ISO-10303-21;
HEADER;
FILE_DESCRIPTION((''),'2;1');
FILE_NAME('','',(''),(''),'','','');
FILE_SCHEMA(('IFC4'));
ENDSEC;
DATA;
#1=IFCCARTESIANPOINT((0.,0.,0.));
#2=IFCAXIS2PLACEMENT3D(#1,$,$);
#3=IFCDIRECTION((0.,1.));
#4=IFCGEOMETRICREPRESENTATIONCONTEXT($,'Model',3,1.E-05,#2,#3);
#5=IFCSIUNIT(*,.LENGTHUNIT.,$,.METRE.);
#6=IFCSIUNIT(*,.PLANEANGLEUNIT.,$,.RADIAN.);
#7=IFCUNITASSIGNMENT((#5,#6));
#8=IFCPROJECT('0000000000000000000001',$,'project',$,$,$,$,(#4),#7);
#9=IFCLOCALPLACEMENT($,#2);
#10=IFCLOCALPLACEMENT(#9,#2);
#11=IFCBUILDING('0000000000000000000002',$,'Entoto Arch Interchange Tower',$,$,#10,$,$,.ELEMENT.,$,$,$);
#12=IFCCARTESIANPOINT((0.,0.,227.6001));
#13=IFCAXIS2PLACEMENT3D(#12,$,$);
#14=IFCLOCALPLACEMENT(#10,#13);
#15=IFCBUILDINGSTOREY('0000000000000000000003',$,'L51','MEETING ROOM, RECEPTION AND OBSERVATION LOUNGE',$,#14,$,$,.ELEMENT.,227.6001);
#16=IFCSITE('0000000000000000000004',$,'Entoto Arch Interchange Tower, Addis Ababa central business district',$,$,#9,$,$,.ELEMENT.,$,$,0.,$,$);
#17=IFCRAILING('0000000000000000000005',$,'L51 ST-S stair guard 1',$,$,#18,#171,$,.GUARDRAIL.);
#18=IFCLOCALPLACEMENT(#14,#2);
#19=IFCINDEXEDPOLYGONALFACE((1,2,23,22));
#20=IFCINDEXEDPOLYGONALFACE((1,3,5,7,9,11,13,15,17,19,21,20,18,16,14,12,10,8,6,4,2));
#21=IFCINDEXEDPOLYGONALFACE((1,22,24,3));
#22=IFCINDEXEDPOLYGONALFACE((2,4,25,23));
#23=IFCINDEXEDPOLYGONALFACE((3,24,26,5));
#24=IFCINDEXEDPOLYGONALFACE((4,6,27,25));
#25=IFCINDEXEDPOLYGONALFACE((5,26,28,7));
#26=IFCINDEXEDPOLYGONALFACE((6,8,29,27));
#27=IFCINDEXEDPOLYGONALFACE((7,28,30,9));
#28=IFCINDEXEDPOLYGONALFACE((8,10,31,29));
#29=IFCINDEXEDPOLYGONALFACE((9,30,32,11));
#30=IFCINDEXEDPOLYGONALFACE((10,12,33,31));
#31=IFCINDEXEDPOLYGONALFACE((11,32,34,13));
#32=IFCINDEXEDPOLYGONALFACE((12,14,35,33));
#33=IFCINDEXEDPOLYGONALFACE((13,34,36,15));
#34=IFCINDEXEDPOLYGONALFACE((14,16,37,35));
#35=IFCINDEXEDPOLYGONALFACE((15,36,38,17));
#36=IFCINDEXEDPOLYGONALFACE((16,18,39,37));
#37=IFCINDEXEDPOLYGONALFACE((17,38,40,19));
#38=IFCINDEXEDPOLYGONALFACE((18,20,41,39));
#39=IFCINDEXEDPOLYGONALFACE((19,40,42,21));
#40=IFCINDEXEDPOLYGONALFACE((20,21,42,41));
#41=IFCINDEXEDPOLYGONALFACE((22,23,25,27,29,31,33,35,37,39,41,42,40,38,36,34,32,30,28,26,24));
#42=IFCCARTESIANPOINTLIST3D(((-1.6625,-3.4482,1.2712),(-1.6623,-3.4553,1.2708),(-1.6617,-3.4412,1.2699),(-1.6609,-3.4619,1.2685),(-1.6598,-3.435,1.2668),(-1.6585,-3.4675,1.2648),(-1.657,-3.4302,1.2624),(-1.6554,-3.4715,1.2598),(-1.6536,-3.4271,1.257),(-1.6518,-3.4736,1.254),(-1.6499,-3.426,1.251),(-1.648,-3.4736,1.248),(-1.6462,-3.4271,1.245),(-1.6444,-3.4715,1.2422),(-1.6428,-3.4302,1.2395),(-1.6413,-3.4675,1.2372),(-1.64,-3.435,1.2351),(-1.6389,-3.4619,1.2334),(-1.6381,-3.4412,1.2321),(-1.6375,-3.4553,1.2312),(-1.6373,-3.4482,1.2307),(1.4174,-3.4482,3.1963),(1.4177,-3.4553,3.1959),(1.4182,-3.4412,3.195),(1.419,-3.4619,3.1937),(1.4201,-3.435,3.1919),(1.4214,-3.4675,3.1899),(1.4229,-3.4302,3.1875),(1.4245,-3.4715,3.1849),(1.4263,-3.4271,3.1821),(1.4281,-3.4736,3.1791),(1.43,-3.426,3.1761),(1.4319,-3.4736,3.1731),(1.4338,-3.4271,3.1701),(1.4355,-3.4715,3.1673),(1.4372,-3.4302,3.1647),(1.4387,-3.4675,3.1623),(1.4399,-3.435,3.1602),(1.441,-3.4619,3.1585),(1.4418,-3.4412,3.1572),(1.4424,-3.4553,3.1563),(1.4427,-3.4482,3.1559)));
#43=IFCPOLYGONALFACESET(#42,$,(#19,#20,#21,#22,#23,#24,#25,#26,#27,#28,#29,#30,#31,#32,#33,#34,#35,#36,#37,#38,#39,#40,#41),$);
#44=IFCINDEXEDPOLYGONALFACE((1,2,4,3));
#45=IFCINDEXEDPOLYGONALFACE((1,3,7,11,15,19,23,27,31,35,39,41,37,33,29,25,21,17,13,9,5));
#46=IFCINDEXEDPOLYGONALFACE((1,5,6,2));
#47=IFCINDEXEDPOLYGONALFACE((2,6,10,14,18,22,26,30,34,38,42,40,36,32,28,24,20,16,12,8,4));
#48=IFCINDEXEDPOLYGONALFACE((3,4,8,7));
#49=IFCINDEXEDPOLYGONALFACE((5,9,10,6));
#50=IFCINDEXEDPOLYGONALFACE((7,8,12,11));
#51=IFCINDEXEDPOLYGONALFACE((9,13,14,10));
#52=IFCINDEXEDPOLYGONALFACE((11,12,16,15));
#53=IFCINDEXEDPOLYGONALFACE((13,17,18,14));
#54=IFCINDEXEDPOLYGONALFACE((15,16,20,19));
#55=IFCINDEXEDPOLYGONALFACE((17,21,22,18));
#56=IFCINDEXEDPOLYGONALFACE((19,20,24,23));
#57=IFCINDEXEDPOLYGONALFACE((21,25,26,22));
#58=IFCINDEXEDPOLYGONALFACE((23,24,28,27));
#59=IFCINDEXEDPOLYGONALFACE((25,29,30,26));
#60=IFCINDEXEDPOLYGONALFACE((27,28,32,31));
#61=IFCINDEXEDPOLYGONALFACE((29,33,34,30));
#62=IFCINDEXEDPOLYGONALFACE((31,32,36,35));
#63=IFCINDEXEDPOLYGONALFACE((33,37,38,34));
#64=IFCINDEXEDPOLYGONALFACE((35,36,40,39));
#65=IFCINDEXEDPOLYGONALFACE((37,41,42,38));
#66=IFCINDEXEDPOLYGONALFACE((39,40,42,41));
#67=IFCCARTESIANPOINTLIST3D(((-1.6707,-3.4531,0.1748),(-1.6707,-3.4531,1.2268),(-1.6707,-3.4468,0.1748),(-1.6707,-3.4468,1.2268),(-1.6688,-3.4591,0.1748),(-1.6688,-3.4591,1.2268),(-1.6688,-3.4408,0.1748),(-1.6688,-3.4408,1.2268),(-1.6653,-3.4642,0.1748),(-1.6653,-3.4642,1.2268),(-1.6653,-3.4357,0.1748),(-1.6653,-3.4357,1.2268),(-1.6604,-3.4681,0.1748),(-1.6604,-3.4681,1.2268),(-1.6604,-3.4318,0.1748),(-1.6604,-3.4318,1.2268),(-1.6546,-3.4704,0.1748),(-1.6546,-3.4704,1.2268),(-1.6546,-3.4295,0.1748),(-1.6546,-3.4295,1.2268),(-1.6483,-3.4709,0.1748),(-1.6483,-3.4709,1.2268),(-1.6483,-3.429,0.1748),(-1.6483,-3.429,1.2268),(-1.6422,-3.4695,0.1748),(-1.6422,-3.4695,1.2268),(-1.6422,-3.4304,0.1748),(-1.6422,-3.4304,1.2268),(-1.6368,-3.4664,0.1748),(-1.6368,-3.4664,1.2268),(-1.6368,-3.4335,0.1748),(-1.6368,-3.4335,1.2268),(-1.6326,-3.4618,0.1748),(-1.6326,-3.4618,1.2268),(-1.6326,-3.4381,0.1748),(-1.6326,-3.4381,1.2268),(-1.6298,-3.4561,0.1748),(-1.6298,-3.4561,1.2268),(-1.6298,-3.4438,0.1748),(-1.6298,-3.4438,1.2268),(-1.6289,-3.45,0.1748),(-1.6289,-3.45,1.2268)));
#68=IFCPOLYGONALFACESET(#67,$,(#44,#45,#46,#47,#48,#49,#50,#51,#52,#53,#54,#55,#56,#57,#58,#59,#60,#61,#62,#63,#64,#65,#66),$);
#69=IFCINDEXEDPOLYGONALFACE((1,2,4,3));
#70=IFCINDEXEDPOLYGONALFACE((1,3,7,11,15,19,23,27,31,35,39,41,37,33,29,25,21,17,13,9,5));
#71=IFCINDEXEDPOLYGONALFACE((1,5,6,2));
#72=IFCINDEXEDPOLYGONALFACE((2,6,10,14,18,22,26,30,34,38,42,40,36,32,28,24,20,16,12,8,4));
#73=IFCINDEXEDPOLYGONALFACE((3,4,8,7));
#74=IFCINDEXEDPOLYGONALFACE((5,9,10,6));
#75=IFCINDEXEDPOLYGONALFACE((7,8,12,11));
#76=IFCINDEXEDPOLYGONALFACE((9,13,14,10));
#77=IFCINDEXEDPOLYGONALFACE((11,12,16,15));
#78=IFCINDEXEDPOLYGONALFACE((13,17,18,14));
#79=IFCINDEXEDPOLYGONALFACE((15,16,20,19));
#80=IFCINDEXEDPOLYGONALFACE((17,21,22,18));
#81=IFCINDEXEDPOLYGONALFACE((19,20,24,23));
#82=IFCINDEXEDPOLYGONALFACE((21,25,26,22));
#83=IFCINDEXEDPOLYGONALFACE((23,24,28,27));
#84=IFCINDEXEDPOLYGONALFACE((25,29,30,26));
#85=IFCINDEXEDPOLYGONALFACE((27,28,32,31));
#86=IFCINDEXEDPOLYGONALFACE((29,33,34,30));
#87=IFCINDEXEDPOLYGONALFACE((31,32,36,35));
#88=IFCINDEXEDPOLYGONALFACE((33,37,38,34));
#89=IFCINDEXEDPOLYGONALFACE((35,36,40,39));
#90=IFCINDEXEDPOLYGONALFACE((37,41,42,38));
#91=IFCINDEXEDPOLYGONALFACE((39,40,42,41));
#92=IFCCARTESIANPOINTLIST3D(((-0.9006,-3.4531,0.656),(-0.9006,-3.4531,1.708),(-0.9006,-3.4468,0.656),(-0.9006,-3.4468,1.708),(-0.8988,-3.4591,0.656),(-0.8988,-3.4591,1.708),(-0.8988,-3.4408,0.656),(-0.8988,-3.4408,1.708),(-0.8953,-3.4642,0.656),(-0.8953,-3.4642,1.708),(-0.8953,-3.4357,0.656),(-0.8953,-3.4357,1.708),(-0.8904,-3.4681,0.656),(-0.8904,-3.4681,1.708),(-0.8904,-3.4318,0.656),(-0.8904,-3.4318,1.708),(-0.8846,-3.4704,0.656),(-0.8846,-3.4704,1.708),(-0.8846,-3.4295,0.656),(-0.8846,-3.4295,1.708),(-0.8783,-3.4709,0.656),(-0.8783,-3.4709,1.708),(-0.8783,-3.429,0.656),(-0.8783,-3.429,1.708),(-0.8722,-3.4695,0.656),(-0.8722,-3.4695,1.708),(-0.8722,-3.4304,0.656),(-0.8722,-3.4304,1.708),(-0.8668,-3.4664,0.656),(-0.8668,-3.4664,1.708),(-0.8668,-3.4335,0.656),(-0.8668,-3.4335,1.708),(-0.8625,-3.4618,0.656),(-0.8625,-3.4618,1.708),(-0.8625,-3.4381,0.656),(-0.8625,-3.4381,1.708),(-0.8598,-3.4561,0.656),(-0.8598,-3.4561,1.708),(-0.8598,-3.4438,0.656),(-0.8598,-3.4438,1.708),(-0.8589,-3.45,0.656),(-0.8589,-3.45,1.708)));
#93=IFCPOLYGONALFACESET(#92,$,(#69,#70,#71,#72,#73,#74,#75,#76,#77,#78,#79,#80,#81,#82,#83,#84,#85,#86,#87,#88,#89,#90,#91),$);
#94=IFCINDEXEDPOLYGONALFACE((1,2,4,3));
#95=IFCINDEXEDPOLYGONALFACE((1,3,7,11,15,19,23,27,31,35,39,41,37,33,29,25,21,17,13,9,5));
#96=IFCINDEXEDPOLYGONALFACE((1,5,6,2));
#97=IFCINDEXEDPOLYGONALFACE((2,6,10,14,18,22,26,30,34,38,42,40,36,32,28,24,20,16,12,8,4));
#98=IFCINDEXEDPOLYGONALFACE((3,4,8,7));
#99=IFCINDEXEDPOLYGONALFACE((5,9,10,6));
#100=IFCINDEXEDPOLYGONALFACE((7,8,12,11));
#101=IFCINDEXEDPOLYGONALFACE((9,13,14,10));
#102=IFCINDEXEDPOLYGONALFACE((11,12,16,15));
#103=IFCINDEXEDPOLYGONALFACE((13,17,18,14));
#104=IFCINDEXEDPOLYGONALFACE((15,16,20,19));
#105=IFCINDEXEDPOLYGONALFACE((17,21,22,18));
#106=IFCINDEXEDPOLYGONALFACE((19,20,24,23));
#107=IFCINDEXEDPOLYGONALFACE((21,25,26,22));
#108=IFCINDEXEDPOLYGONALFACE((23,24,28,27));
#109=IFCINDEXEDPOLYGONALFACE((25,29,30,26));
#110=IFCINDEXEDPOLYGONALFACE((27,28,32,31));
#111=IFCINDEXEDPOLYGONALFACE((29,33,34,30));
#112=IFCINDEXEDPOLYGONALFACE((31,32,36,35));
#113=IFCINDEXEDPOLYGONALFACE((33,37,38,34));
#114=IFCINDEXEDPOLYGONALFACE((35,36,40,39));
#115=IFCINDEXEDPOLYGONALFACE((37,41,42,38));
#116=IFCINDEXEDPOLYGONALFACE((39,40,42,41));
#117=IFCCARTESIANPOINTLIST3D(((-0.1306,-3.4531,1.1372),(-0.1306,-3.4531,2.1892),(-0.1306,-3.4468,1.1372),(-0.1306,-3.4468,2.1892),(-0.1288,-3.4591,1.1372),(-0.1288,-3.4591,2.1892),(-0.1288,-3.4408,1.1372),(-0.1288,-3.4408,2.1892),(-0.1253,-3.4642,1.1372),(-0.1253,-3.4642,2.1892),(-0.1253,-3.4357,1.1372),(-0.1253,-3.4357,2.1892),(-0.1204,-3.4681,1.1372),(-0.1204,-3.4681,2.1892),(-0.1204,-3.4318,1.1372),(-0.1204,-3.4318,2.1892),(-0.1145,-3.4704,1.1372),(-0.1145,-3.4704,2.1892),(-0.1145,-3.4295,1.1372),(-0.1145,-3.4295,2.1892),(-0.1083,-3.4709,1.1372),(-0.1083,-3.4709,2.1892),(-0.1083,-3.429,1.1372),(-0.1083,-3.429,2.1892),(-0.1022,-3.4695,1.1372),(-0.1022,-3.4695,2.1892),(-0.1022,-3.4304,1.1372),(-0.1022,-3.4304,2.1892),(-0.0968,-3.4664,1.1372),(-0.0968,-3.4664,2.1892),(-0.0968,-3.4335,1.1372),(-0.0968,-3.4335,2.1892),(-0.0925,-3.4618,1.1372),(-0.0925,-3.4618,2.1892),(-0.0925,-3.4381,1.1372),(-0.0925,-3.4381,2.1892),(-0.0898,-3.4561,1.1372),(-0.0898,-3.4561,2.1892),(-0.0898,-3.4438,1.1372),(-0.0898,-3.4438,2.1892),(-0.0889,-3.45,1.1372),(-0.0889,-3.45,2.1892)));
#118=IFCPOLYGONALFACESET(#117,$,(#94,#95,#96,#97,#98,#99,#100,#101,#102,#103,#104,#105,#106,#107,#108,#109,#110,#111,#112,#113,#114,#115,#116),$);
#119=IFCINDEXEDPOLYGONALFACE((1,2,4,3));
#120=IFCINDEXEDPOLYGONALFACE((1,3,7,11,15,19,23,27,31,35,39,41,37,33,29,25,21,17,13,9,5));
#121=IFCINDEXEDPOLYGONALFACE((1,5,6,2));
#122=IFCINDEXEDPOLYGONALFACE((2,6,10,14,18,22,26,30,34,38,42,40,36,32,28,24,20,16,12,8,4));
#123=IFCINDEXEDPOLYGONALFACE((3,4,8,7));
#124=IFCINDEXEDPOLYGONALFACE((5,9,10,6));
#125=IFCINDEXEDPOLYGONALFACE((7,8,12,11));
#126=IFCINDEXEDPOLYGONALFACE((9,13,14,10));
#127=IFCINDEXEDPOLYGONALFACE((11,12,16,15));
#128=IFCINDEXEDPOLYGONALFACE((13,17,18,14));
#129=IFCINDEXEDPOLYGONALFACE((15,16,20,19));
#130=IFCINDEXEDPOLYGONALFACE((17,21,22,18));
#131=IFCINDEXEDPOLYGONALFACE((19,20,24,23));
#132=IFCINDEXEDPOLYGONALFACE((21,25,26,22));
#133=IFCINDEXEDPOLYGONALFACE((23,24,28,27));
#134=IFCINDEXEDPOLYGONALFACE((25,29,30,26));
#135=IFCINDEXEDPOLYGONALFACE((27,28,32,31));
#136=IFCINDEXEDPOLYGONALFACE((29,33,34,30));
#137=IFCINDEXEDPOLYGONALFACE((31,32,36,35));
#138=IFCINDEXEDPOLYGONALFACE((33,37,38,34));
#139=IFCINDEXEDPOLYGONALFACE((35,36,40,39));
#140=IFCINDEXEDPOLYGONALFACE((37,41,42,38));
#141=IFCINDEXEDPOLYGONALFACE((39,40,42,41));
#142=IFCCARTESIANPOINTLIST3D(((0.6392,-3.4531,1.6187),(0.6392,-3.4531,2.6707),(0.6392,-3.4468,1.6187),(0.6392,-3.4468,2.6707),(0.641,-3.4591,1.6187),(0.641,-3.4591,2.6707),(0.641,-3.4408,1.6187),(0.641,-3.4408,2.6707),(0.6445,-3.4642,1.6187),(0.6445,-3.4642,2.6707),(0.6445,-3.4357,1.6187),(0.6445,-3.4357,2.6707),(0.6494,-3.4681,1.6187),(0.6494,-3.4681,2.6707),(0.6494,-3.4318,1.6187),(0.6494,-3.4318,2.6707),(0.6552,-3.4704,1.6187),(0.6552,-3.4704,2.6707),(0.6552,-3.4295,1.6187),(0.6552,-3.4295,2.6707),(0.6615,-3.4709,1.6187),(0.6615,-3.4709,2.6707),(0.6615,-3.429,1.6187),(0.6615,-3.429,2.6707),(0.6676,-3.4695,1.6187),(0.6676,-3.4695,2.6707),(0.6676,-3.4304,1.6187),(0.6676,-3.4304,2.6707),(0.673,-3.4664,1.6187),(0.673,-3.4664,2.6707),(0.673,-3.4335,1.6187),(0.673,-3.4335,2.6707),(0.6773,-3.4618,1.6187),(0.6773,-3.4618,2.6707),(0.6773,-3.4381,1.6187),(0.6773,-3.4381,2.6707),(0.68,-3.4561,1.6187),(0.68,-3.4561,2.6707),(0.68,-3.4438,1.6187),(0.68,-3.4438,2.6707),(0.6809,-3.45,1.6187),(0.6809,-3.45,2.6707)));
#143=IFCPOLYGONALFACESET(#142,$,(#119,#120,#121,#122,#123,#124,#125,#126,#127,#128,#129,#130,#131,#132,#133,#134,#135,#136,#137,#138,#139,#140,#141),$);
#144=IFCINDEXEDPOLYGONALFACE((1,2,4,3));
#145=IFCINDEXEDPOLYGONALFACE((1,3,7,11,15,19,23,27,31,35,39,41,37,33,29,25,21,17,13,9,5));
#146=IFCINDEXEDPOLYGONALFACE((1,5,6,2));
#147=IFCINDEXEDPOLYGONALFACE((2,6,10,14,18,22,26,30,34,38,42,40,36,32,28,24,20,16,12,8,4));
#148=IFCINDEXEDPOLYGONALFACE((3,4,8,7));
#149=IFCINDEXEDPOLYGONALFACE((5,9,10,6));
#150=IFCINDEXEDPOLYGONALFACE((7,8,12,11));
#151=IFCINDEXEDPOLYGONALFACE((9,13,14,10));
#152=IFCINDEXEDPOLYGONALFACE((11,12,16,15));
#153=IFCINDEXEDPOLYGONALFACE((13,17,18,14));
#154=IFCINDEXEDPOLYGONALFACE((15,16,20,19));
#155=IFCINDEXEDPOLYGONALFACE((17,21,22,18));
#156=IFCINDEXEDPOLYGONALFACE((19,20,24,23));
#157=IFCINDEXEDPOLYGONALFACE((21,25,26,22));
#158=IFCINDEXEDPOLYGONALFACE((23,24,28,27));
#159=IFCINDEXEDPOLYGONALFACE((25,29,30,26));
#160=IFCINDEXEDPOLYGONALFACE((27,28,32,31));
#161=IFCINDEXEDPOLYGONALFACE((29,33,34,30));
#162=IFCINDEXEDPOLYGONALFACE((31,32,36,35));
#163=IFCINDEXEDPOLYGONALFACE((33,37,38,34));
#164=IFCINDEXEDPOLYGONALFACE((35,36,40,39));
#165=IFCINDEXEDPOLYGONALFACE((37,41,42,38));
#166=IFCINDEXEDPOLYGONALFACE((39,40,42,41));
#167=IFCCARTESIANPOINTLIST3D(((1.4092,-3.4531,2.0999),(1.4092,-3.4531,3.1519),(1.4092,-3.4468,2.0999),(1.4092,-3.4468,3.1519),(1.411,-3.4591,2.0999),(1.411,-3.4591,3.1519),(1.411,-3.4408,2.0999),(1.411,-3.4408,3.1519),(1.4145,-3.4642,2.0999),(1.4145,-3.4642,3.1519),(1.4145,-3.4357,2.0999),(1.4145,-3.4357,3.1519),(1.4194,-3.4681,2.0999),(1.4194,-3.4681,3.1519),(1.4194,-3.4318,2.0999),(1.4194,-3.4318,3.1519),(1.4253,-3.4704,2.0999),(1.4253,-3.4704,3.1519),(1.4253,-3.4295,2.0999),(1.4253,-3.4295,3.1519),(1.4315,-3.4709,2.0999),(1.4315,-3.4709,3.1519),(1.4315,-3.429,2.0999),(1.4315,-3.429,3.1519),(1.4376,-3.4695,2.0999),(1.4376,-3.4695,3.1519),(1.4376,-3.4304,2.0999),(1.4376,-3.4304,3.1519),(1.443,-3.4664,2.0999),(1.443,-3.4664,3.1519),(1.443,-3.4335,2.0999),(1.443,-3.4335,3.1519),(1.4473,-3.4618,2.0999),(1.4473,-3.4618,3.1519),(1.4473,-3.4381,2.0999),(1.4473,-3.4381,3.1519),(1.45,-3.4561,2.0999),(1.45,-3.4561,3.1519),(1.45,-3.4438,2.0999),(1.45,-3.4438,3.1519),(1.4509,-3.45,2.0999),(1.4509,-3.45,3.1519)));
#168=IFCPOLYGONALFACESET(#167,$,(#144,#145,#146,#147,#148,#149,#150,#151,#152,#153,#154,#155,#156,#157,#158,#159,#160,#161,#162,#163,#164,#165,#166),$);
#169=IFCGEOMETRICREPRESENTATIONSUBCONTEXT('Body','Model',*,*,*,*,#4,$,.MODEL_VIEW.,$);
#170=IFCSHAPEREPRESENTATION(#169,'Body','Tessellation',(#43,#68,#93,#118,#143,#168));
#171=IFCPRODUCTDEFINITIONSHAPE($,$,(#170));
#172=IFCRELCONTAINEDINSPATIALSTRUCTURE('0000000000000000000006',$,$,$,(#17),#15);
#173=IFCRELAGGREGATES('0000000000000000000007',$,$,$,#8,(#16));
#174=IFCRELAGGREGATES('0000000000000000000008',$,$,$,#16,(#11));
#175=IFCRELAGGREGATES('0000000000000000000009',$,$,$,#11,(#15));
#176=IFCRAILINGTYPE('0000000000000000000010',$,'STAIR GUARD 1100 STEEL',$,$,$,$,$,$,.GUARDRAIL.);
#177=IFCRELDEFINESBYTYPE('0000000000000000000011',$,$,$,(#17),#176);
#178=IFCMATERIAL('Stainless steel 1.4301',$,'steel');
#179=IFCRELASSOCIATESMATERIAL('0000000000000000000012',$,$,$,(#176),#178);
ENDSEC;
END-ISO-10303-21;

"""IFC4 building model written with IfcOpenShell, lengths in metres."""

from ifc_helpers import new_model, si_unit, direction, frame, origin, origin_2d, place, context, subcontext, project, spatial, circle, extrude, material, type_object, element, save


model = new_model("IFC4")

# Units and contexts
model_context = context("Model", 3, precision=1e-05, world=origin(), true_north=direction((0.0, 1.0)))
body_context = subcontext(model_context, "Body", "Model", "MODEL_VIEW")
ifc_project = project(units=[si_unit("LENGTHUNIT", "METRE"), si_unit("PLANEANGLEUNIT", "RADIAN")], contexts=[model_context])

# Site, building, storey
site_placement = place(None, origin())
site = spatial("IfcSite", under=ifc_project, at=site_placement, Name="Entoto Arch Interchange Tower, Addis Ababa central business district", CompositionType="ELEMENT", RefElevation=0.0)
building_placement = place(site_placement, origin())
building = spatial("IfcBuilding", under=site, at=building_placement, Name="Entoto Arch Interchange Tower", CompositionType="ELEMENT")
storey_placement = place(building_placement, frame((0.0, 0.0, 227.6001)))
storey = spatial("IfcBuildingStorey", under=building, at=storey_placement, Name="L51", Description="MEETING ROOM, RECEPTION AND OBSERVATION LOUNGE", CompositionType="ELEMENT", Elevation=227.6001)

# Railing
ifc_material_1 = material(Name="Stainless steel 1.4301", Category="steel")
railing_type = type_object("IfcRailingType", Name="STAIR GUARD 1100 STEEL", PredefinedType="GUARDRAIL", material=ifc_material_1)
railing_1_placement = place(storey_placement, frame((-1.6499, -3.45, 0.1748)))
element("IfcRailing", 1, at=railing_1_placement, inside=storey, type_object=railing_type, Name="L51 ST-S stair guard 1", PredefinedType="GUARDRAIL", context=body_context, shape_type="SweptSolid", body=[
    extrude(circle(Radius=0.0239, at=origin_2d()), frame((0.0, 0.0, 1.0762), z_axis=(0.847979, 0.0, 0.530029), x_axis=(0.0, 1.0, 0.0)), (0.0, 0.0, 1.0), 3.6321),
    extrude(circle(Radius=0.021, at=origin_2d()), origin(), (0.0, 0.0, 1.0), 1.052),
    extrude(circle(Radius=0.021, at=origin_2d()), frame((0.77, 0.0, 0.4812)), (0.0, 0.0, 1.0), 1.052),
    extrude(circle(Radius=0.021, at=origin_2d()), frame((1.54, 0.0, 0.9624)), (0.0, 0.0, 1.0), 1.052),
    extrude(circle(Radius=0.021, at=origin_2d()), frame((2.3098, 0.0, 1.4438)), (0.0, 0.0, 1.0), 1.052),
    extrude(circle(Radius=0.021, at=origin_2d()), frame((3.0798, 0.0, 1.925)), (0.0, 0.0, 1.0), 1.052),
])

save(model, "model.ifc")
